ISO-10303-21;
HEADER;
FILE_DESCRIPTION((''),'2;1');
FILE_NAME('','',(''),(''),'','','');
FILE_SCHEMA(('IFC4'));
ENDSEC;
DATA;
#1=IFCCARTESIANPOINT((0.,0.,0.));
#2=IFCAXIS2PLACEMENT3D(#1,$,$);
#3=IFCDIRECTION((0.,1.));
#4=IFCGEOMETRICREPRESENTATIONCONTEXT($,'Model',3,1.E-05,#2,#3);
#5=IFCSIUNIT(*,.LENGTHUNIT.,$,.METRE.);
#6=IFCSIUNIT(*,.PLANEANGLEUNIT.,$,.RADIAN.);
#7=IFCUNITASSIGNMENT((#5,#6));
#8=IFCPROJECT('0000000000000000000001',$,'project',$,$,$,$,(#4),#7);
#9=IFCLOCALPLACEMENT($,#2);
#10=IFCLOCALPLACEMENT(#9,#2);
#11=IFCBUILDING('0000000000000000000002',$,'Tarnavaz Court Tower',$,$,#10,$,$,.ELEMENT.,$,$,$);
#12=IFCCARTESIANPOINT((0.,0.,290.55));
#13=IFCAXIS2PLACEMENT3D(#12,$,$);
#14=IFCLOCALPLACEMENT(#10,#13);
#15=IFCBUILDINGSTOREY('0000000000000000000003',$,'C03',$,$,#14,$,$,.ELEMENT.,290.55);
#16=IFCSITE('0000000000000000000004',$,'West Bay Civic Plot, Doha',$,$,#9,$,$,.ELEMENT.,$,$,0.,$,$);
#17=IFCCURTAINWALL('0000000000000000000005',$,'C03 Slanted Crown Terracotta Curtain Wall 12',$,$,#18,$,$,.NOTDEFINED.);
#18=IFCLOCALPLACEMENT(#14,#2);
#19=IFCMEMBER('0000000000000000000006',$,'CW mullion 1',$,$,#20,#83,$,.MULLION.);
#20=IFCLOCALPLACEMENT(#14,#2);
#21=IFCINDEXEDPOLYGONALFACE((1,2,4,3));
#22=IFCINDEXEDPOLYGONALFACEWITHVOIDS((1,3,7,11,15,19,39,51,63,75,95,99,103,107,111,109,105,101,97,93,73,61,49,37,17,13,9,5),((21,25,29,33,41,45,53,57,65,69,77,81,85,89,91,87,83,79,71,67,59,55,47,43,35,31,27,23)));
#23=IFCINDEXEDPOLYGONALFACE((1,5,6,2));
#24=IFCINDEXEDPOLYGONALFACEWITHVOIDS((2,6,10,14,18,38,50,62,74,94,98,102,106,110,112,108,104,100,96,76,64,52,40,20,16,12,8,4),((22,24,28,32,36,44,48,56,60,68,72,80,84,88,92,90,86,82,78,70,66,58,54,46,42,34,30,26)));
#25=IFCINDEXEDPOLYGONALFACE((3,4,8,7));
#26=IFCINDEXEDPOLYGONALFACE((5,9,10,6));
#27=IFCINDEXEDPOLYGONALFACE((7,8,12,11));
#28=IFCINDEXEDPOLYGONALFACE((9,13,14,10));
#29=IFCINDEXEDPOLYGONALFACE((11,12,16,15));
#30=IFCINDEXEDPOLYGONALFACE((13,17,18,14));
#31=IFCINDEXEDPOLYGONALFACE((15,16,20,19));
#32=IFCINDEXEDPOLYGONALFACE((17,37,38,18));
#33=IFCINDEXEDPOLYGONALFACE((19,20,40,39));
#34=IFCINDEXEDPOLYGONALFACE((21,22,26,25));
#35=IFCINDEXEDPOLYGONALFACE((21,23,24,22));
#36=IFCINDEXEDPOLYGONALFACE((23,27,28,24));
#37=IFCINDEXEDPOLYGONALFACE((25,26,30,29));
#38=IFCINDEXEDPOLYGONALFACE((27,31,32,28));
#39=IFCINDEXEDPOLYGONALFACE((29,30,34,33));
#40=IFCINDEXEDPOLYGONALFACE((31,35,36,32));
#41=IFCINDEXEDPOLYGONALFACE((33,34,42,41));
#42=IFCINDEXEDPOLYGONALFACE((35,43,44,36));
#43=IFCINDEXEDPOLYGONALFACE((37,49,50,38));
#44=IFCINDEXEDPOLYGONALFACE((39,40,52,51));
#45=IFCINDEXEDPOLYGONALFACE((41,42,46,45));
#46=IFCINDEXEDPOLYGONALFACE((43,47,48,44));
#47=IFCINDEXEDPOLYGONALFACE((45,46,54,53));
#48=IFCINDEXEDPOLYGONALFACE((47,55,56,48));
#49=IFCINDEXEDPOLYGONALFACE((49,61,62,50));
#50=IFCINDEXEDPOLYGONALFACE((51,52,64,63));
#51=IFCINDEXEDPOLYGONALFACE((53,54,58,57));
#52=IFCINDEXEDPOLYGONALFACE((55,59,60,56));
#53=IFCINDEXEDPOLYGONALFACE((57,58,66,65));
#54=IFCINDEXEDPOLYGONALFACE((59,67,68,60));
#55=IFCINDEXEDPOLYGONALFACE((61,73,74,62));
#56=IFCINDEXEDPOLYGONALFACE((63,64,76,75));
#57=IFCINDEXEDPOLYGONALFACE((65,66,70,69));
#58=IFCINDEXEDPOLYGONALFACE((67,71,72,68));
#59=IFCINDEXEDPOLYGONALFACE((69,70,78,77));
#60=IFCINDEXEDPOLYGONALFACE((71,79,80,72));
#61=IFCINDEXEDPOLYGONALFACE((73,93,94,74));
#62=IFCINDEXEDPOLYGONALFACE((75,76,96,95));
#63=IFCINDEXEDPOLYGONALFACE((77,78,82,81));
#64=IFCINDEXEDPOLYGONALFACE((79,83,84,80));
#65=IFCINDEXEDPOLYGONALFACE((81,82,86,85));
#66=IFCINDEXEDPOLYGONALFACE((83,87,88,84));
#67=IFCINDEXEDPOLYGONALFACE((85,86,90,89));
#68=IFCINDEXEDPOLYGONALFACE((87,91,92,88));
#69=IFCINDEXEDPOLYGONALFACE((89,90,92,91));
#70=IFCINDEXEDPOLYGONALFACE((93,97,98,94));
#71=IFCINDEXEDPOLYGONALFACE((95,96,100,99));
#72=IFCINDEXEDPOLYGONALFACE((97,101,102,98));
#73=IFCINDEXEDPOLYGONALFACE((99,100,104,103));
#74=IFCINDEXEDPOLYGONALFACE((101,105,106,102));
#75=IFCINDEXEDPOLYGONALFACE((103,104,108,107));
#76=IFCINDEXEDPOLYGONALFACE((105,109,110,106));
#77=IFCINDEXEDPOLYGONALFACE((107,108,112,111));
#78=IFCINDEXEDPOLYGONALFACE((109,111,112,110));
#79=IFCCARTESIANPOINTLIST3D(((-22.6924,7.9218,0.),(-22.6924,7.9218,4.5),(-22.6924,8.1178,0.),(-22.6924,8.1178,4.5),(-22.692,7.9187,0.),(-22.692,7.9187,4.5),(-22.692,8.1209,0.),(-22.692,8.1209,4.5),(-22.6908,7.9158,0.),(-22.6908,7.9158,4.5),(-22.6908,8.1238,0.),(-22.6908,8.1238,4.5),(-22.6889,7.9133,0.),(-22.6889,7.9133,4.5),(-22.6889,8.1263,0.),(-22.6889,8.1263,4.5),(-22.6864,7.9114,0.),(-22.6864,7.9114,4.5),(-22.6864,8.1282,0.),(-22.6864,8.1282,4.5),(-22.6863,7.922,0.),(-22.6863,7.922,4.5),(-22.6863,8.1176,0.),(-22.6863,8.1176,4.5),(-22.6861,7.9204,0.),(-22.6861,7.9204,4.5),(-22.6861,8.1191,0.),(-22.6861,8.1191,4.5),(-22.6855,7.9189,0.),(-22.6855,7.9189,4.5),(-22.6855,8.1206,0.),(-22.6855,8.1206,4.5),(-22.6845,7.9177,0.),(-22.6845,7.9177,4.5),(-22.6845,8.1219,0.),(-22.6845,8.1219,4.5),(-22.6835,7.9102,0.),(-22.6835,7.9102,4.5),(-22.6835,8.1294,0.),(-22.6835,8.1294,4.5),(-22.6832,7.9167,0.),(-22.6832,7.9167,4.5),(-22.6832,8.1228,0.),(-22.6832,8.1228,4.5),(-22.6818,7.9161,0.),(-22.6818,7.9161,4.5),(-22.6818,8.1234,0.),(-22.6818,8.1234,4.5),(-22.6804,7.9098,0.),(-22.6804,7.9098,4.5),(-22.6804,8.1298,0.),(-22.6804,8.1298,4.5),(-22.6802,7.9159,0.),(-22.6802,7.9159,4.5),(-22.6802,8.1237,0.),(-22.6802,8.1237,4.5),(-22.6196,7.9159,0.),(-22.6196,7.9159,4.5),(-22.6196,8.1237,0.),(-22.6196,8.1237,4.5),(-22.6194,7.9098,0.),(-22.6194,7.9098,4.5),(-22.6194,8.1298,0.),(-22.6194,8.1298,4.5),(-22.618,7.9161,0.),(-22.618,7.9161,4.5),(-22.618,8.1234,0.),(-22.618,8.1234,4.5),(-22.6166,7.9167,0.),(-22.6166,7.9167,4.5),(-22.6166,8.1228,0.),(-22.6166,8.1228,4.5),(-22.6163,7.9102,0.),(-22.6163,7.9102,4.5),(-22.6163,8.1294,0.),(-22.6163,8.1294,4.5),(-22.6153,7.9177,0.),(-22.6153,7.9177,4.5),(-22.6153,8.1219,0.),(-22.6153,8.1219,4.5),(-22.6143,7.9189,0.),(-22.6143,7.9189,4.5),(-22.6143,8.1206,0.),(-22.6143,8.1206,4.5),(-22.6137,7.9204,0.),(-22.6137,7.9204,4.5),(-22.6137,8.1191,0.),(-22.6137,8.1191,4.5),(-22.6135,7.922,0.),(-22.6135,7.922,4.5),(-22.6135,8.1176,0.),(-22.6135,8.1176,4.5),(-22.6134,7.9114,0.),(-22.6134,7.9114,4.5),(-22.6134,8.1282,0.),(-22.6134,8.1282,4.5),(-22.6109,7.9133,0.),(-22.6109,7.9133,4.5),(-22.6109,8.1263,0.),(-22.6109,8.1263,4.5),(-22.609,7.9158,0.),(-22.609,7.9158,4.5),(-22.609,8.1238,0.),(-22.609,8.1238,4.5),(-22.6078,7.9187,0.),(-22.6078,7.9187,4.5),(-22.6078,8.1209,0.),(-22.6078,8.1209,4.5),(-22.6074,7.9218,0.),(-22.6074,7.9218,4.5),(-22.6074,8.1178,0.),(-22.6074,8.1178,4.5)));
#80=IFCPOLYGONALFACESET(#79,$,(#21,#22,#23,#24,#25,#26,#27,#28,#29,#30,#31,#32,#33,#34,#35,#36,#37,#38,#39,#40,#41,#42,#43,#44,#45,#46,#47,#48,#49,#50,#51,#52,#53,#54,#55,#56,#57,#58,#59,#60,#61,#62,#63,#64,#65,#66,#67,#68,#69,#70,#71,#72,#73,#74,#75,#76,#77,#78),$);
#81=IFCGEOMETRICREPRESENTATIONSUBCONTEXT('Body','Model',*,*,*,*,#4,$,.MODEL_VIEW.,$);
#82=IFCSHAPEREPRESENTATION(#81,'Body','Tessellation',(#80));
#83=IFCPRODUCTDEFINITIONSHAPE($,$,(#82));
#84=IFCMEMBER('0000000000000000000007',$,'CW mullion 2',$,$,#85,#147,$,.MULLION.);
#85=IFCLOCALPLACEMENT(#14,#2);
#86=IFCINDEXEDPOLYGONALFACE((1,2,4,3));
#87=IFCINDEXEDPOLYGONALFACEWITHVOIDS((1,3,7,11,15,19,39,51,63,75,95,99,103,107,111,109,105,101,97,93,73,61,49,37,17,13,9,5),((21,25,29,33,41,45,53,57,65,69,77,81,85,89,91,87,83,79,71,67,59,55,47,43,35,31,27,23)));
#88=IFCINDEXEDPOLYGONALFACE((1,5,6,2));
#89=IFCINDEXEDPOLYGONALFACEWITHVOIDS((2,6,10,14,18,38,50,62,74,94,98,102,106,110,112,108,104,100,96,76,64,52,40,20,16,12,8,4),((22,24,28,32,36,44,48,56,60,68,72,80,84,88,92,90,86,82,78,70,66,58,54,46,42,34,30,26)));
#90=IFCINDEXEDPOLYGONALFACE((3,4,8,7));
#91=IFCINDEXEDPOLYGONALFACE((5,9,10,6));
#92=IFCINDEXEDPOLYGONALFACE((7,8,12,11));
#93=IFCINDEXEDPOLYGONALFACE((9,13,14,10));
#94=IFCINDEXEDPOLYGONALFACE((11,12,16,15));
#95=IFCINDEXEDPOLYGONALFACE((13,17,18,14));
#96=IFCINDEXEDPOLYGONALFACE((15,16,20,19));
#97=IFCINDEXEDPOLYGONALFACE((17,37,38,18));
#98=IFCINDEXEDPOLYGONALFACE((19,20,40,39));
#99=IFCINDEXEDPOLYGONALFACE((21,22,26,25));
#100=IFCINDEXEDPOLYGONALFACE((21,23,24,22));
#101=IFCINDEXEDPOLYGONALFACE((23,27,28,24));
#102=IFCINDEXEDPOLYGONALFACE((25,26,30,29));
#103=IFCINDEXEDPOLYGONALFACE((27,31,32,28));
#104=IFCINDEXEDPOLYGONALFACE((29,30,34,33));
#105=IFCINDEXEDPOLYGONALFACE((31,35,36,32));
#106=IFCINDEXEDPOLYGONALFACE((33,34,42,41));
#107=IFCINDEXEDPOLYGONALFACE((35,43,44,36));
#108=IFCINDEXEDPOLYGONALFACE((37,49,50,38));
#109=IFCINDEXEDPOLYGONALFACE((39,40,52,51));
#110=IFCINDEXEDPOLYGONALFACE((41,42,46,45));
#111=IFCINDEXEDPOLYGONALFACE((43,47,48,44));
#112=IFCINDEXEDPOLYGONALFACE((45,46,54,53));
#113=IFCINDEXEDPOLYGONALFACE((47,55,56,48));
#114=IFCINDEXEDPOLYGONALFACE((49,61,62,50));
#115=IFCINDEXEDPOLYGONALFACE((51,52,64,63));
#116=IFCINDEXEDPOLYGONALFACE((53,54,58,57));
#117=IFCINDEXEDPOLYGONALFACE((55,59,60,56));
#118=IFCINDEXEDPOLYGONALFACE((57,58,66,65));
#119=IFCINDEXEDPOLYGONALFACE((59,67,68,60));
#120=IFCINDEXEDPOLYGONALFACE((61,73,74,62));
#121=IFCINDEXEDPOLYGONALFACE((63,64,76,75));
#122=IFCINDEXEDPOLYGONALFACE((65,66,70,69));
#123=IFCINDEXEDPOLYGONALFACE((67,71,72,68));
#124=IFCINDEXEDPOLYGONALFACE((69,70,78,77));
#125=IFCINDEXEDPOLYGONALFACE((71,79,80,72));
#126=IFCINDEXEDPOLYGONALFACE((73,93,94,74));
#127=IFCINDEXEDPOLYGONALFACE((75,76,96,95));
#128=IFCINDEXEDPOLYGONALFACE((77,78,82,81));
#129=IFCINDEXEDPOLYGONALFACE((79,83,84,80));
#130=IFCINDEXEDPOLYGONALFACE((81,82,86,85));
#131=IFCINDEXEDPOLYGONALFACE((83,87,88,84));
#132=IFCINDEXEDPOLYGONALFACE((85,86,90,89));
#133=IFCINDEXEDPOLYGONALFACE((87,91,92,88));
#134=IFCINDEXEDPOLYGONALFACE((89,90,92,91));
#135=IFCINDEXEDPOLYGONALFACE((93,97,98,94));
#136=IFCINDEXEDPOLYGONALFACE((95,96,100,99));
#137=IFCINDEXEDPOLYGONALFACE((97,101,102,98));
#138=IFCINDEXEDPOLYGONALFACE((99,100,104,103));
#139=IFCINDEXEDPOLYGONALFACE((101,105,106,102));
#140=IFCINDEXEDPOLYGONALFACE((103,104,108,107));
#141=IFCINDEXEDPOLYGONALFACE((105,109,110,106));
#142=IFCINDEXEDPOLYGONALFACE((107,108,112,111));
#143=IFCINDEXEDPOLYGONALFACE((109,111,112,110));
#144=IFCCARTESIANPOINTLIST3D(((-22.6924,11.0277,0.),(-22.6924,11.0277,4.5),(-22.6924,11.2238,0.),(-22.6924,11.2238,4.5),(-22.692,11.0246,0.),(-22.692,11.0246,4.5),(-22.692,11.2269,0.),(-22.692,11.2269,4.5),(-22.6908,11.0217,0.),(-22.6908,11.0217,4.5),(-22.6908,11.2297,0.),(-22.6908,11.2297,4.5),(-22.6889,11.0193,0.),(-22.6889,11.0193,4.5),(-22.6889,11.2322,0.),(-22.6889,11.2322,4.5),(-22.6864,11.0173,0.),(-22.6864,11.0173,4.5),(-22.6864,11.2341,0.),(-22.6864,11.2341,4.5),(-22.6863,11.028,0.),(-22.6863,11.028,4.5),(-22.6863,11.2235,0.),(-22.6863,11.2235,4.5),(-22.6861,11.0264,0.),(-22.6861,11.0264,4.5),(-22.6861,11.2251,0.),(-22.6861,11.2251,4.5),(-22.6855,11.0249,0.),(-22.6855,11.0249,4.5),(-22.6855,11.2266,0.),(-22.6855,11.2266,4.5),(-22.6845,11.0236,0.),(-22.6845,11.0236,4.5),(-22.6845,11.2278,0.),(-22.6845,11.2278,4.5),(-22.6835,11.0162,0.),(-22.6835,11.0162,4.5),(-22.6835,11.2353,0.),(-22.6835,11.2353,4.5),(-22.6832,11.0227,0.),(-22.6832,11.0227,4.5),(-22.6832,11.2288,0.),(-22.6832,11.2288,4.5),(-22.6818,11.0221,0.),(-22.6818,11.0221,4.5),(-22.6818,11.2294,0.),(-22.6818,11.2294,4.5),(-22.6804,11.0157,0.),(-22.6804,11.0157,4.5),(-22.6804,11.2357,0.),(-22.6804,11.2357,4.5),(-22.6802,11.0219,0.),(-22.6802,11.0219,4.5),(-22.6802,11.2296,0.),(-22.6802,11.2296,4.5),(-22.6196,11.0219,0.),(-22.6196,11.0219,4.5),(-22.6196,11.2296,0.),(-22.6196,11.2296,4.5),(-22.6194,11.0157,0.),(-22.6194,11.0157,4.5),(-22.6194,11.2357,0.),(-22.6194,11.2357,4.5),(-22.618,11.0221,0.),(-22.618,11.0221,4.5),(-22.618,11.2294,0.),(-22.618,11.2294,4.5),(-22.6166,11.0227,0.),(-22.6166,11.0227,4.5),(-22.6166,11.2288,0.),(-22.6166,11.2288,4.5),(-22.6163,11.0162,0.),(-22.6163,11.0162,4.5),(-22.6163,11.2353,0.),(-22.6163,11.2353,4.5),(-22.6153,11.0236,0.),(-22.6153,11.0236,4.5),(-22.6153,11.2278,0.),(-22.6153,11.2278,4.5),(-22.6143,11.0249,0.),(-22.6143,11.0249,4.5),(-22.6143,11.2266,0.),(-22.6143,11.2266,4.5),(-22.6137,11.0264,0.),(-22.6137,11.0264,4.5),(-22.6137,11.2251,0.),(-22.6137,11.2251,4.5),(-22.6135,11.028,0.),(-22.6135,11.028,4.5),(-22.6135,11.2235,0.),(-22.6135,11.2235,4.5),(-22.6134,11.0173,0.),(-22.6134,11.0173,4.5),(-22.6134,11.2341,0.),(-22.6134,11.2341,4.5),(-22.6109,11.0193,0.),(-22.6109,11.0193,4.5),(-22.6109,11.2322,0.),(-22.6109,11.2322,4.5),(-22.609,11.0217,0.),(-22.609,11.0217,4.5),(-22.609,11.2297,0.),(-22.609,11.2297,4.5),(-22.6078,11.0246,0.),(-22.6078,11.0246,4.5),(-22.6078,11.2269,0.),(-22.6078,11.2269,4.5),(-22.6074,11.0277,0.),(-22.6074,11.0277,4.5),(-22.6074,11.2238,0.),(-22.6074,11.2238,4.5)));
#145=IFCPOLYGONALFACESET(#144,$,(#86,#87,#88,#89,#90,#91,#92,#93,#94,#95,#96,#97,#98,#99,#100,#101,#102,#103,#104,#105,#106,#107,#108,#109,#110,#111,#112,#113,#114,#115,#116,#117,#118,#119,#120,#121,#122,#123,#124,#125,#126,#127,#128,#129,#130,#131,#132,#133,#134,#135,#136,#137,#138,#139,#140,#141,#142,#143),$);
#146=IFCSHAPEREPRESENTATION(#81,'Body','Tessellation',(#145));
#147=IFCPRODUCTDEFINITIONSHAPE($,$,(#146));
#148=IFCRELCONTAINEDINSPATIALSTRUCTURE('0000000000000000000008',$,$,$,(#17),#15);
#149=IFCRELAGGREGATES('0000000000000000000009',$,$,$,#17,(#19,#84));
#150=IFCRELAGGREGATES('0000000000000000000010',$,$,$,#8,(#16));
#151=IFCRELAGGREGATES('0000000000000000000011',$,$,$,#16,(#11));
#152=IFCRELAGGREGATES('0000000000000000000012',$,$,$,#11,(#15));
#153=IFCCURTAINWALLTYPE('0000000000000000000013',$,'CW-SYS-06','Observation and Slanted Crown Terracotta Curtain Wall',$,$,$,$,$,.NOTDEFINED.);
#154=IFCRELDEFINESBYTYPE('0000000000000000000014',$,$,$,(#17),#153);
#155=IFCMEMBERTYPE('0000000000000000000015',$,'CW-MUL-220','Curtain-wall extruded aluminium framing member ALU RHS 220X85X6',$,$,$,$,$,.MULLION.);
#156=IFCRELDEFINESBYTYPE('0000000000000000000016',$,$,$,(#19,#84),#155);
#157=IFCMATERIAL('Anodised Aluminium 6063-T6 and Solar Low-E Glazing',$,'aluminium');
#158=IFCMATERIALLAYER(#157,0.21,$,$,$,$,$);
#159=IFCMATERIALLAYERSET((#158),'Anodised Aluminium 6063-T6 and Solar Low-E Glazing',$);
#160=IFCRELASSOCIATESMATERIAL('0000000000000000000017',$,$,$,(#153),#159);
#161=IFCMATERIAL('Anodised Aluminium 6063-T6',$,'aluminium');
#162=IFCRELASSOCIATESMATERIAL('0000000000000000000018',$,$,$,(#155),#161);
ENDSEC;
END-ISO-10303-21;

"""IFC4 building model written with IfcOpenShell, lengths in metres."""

from ifc_helpers import new_model, si_unit, direction, frame, origin, origin_2d, place, context, subcontext, project, spatial, hollow_rectangle, extrude, material, layer, layer_set, material_profile, profile_set, type_object, element, aggregate, save


model = new_model("IFC4")

# Units and contexts
model_context = context("Model", 3, precision=1e-05, world=origin(), true_north=direction((0.0, 1.0)))
body_context = subcontext(model_context, "Body", "Model", "MODEL_VIEW")
ifc_project = project(units=[si_unit("LENGTHUNIT", "METRE"), si_unit("PLANEANGLEUNIT", "RADIAN")], contexts=[model_context])

# Site, building, storey
site_placement = place(None, origin())
site = spatial("IfcSite", under=ifc_project, at=site_placement, Name="West Bay Civic Plot, Doha", CompositionType="ELEMENT", RefElevation=0.0)
building_placement = place(site_placement, origin())
building = spatial("IfcBuilding", under=site, at=building_placement, Name="Tarnavaz Court Tower", CompositionType="ELEMENT")
storey_placement = place(building_placement, frame((0.0, 0.0, 290.55)))
storey = spatial("IfcBuildingStorey", under=building, at=storey_placement, Name="C03", CompositionType="ELEMENT", Elevation=290.55)

# Shared definitions
ifc_material_1 = material(Name="Anodised Aluminium 6063-T6 and Solar Low-E Glazing", Category="aluminium")
ifc_layer_1 = layer(ifc_material_1, 0.21)
ifc_layer_set_1 = layer_set([ifc_layer_1], Name="Anodised Aluminium 6063-T6 and Solar Low-E Glazing")
curtain_wall_type = type_object("IfcCurtainWallType", Name="CW-SYS-06", Description="Observation and Slanted Crown Terracotta Curtain Wall", PredefinedType="NOTDEFINED", material=ifc_layer_set_1)
ifc_material_2 = material(Name="Anodised Aluminium 6063-T6", Category="aluminium")
ifc_material_profile_1 = material_profile(ifc_material_2, hollow_rectangle(XDim=0.085, YDim=0.22, WallThickness=0.0061, InnerFilletRadius=0.0061, OuterFilletRadius=0.012, at=origin_2d()), Name="ALU RHS 220X85X6")
ifc_profile_set_1 = profile_set([ifc_material_profile_1], Name="Anodised Aluminium 6063-T6")
member_type_1 = type_object("IfcMemberType", Name="CW-MUL-220", Description="Curtain-wall extruded aluminium framing member ALU RHS 220X85X6", PredefinedType="MULLION", material=ifc_profile_set_1)

# Curtain wall, members
curtain_wall_1_placement = place(storey_placement, origin())
curtain_wall_1 = element("IfcCurtainWall", 1, at=curtain_wall_1_placement, inside=storey, type_object=curtain_wall_type, Name="C03 Slanted Crown Terracotta Curtain Wall 12", PredefinedType="NOTDEFINED")
member_1_placement = place(storey_placement, frame((-22.6499, 8.0198, 0.0), z_axis=(0.0, 0.0, 1.0), x_axis=(-1.0, 0.0, 0.0)))
member_1 = element("IfcMember", 2, at=member_1_placement, type_object=member_type_1, Name="CW mullion 1", PredefinedType="MULLION", context=body_context, shape_type="SweptSolid", body=[
    extrude(hollow_rectangle(XDim=0.085, YDim=0.22, WallThickness=0.0061, InnerFilletRadius=0.0061, OuterFilletRadius=0.012, at=origin_2d()), origin(), (0.0, 0.0, 1.0), 4.5),
])
member_2_placement = place(storey_placement, frame((-22.6499, 11.1257, 0.0), z_axis=(0.0, 0.0, 1.0), x_axis=(-1.0, 0.0, 0.0)))
member_2 = element("IfcMember", 3, at=member_2_placement, type_object=member_type_1, Name="CW mullion 2", PredefinedType="MULLION", context=body_context, shape_type="SweptSolid", body=[
    extrude(hollow_rectangle(XDim=0.085, YDim=0.22, WallThickness=0.0061, InnerFilletRadius=0.0061, OuterFilletRadius=0.012, at=origin_2d()), origin(), (0.0, 0.0, 1.0), 4.5),
])

aggregate(curtain_wall_1, [member_1, member_2])

save(model, "model.ifc")
